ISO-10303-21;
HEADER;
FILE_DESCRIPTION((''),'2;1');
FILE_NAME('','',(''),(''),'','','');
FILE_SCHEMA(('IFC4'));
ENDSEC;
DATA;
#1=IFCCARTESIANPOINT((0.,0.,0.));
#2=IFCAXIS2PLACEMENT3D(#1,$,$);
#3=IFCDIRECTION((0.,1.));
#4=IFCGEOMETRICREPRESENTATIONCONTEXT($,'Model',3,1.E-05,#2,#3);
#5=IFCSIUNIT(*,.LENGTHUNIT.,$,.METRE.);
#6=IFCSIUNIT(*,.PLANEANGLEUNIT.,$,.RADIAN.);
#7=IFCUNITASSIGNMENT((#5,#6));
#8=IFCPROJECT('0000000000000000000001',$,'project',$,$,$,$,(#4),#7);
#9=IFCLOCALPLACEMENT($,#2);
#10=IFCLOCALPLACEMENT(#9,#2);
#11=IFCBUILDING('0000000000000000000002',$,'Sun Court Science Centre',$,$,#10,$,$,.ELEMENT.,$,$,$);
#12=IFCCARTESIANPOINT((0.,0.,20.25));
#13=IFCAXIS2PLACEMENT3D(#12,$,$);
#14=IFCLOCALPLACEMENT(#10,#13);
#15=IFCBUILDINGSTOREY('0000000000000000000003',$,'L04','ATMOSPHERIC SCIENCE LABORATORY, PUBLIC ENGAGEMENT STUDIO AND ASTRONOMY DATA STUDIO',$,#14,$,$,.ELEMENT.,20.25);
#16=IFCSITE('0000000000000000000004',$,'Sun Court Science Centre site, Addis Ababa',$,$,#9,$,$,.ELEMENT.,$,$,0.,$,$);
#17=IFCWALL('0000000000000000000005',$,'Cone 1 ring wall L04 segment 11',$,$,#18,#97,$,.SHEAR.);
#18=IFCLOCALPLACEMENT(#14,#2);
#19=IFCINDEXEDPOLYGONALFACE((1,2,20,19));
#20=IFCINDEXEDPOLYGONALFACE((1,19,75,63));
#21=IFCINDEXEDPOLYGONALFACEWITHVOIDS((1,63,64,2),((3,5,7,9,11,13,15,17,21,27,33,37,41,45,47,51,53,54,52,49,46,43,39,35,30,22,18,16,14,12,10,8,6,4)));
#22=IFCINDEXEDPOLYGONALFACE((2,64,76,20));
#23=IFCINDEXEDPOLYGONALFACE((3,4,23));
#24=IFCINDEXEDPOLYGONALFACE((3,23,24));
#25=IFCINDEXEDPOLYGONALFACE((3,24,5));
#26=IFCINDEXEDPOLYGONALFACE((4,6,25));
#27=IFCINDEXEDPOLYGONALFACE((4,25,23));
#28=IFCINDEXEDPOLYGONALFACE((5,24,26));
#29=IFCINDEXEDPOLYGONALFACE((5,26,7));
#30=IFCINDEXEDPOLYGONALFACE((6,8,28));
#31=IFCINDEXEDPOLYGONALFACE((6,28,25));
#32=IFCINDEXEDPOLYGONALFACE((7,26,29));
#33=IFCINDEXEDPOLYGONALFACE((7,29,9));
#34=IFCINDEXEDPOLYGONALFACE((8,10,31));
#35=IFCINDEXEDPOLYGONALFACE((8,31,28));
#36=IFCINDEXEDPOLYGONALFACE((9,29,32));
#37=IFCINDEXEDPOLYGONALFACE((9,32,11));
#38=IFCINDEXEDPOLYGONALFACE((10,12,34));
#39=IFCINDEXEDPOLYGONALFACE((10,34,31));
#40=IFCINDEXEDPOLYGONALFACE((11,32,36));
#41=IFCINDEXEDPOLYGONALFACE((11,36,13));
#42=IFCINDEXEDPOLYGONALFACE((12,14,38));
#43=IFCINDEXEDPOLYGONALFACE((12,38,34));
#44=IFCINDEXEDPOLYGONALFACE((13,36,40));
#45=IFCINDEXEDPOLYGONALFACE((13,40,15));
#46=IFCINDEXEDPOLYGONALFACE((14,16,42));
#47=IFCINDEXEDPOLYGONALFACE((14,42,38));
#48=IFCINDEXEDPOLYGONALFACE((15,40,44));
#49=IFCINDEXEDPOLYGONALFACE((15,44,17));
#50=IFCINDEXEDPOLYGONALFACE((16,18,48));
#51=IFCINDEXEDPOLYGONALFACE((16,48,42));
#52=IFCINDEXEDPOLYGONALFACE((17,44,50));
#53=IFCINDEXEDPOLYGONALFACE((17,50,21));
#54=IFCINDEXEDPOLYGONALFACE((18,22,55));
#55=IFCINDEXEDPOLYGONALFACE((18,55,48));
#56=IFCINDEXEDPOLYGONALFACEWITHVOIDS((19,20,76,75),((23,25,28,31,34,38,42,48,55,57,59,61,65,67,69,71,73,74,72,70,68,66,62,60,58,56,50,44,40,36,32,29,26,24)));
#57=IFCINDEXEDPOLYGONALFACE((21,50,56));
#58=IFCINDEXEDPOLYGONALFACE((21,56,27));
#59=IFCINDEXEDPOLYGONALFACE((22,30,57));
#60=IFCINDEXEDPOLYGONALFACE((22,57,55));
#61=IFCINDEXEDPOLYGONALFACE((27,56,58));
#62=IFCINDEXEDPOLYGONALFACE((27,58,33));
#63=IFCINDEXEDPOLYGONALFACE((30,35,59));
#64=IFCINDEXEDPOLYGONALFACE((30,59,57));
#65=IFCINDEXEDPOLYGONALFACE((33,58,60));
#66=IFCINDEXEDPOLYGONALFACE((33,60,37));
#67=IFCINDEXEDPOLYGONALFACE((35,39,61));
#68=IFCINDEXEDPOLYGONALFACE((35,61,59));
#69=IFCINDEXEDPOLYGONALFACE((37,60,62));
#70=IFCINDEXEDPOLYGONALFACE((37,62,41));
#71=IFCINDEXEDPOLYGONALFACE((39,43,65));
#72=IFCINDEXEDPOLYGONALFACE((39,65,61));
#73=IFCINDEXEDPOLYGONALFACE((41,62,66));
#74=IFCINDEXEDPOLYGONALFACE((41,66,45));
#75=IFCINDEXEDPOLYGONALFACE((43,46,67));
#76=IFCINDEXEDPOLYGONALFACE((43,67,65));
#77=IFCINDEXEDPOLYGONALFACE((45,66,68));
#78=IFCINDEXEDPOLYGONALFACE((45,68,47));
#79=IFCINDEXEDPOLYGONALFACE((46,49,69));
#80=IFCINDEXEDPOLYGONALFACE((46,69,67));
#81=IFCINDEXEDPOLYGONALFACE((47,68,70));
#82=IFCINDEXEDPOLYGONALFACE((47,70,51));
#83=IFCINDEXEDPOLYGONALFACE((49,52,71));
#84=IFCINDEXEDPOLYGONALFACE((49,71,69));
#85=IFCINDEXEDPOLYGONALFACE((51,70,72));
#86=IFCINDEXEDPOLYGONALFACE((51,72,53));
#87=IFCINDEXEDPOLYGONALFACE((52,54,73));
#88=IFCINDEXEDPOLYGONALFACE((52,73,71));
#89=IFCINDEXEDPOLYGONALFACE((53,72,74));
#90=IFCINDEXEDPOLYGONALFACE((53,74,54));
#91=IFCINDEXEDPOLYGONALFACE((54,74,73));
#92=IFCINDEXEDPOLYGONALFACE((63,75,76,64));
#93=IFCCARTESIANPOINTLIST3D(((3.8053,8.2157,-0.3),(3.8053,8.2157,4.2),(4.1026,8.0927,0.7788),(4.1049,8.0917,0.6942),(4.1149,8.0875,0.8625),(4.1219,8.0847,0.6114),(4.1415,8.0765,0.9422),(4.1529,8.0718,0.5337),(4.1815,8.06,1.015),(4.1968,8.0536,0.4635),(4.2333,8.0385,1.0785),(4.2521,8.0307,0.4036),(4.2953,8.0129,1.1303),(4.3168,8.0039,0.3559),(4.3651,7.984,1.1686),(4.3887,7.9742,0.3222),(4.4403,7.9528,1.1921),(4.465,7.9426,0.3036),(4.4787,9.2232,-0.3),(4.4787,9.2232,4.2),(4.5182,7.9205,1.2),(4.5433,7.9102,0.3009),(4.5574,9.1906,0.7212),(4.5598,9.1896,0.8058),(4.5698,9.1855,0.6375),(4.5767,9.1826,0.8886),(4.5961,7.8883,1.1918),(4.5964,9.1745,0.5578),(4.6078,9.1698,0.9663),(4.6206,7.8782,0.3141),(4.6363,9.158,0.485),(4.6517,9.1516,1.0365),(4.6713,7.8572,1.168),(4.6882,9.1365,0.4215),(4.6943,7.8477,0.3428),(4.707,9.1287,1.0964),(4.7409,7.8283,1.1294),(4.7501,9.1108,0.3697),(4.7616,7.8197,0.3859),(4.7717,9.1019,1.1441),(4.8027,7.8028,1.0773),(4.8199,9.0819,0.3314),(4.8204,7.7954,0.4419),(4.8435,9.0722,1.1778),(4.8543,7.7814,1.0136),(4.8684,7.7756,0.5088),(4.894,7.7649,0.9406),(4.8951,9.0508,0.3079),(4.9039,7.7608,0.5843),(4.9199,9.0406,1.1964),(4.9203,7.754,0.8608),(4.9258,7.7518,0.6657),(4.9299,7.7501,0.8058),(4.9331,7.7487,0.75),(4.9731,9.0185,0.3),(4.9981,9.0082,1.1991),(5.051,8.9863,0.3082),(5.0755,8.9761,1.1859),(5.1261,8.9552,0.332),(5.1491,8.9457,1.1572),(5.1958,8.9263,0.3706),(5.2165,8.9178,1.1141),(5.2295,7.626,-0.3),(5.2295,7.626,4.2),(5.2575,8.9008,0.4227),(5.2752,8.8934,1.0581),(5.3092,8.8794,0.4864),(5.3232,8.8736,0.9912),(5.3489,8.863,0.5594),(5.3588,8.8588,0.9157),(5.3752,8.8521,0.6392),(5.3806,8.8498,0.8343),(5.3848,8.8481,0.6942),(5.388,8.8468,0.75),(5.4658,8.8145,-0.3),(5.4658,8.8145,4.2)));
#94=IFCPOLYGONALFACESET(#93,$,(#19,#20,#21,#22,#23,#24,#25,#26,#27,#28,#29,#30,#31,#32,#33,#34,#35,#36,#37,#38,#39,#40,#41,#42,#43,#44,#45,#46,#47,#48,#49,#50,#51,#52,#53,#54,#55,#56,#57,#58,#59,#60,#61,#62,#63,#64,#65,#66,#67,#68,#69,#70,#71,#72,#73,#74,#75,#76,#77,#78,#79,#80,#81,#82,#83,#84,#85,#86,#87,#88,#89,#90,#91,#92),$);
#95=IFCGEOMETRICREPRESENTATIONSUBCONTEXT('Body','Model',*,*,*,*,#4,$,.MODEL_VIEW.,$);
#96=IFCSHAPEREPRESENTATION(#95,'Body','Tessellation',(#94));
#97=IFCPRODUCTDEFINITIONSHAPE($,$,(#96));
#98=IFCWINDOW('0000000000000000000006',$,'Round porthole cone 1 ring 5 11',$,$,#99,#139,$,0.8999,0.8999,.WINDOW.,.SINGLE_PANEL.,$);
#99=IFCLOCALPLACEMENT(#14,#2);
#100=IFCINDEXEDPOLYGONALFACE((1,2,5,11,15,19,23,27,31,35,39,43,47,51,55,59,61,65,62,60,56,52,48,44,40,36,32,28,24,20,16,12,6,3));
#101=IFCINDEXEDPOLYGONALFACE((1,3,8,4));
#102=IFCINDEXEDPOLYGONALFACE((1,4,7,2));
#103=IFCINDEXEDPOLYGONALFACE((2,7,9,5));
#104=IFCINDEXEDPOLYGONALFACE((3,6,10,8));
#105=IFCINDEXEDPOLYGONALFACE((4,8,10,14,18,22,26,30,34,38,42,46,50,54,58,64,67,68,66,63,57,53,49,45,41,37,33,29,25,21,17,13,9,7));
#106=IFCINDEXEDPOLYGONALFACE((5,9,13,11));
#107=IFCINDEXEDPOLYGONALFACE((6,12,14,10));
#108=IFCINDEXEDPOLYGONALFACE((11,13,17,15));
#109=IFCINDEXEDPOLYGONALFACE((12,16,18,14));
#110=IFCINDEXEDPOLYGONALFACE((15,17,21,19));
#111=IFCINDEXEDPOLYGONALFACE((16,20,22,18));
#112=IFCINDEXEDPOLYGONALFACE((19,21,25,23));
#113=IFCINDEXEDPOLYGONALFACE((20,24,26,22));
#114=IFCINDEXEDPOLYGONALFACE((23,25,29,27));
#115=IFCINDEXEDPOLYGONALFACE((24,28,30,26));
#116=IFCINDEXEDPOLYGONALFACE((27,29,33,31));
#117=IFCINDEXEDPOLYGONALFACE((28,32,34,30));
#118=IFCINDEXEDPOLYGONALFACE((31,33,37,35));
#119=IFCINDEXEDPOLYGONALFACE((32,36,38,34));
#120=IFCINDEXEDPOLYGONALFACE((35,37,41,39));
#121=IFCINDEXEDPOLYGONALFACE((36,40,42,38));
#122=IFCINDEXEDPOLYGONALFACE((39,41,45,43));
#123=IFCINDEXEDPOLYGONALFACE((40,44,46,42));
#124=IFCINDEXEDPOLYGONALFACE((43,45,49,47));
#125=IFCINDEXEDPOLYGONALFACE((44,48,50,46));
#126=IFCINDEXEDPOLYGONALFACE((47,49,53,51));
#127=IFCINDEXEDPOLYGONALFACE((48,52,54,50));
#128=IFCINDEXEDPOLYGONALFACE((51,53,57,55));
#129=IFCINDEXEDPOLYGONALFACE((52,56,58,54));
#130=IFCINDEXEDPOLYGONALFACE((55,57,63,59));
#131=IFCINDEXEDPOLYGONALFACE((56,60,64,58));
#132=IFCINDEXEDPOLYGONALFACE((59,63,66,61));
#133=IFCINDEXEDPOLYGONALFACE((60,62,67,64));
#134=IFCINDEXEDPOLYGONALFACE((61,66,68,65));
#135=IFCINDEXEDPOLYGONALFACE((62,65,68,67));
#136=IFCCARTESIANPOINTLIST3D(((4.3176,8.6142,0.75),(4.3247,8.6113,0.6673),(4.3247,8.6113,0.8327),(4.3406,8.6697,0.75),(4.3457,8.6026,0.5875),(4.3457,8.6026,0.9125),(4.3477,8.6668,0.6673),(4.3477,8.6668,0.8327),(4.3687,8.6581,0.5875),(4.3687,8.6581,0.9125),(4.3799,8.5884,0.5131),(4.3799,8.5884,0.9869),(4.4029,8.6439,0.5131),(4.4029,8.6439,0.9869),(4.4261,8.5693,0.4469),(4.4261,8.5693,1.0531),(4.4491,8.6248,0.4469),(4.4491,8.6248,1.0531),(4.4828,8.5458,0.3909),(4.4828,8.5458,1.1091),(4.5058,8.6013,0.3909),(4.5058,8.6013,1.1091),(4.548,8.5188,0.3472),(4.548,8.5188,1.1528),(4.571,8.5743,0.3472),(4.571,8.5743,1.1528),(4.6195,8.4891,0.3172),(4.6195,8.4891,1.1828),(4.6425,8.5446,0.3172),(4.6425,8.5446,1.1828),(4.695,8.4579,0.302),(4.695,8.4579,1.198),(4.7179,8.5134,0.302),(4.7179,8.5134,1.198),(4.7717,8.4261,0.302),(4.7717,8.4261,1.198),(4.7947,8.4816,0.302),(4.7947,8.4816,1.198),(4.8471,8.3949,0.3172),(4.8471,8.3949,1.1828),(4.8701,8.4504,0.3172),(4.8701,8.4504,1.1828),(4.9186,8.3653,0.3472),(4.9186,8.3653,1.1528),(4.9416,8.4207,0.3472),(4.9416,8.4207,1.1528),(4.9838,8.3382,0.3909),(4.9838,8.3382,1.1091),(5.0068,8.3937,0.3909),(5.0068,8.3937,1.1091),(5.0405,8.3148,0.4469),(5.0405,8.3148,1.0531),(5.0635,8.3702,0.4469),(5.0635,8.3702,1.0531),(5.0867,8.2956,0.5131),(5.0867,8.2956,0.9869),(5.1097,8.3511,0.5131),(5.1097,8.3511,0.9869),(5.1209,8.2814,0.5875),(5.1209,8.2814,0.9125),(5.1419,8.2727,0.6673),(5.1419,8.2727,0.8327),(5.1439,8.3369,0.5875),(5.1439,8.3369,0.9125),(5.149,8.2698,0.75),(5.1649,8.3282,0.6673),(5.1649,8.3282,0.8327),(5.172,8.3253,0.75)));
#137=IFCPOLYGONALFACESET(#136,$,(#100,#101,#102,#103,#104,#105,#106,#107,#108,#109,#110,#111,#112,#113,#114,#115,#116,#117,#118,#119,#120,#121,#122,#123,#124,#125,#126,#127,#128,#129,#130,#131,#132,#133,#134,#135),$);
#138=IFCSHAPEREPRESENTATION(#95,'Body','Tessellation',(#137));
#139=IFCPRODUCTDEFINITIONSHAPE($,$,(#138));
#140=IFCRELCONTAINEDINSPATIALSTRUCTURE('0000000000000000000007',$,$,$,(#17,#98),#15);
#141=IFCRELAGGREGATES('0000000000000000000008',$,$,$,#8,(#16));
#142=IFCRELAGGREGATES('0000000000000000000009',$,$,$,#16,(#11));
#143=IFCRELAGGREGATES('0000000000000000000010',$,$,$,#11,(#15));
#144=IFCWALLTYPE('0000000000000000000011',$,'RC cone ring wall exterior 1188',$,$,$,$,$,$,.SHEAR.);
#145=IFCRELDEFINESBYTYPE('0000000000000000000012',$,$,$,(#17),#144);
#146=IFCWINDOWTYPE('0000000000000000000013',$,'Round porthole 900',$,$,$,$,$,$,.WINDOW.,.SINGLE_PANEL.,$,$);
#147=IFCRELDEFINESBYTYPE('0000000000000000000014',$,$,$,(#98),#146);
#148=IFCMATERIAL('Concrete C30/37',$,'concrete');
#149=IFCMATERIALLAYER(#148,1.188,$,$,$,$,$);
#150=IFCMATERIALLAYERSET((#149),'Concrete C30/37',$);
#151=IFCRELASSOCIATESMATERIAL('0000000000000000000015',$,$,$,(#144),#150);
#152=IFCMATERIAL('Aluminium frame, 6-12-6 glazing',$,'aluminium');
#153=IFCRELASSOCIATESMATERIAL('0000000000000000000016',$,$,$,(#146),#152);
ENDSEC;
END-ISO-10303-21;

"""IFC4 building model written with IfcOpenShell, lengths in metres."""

from ifc_helpers import new_model, si_unit, direction, frame, frame_2d, origin, place, context, subcontext, project, spatial, polyline, circle, outline, extrude, material, layer, layer_set, type_object, element, fill, save


model = new_model("IFC4")

# Units and contexts
model_context = context("Model", 3, precision=1e-05, world=origin(), true_north=direction((0.0, 1.0)))
body_context = subcontext(model_context, "Body", "Model", "MODEL_VIEW")
ifc_project = project(units=[si_unit("LENGTHUNIT", "METRE"), si_unit("PLANEANGLEUNIT", "RADIAN")], contexts=[model_context])

# Site, building, storey
site_placement = place(None, origin())
site = spatial("IfcSite", under=ifc_project, at=site_placement, Name="Sun Court Science Centre site, Addis Ababa", CompositionType="ELEMENT", RefElevation=0.0)
building_placement = place(site_placement, origin())
building = spatial("IfcBuilding", under=site, at=building_placement, Name="Sun Court Science Centre", CompositionType="ELEMENT")
storey_placement = place(building_placement, frame((0.0, 0.0, 20.25)))
storey = spatial("IfcBuildingStorey", under=building, at=storey_placement, Name="L04", Description="ATMOSPHERIC SCIENCE LABORATORY, PUBLIC ENGAGEMENT STUDIO AND ASTRONOMY DATA STUDIO", CompositionType="ELEMENT", Elevation=20.25)

# Wall, opening, window
ifc_material_1 = material(Name="Concrete C30/37", Category="concrete")
ifc_layer_1 = layer(ifc_material_1, 1.188)
ifc_layer_set_1 = layer_set([ifc_layer_1], Name="Concrete C30/37")
wall_type = type_object("IfcWallType", Name="RC cone ring wall exterior 1188", PredefinedType="SHEAR", material=ifc_layer_set_1)
ifc_material_2 = material(Name="Aluminium frame, 6-12-6 glazing", Category="aluminium")
window_type = type_object("IfcWindowType", Name="Round porthole 900", PartitioningType="SINGLE_PANEL", PredefinedType="WINDOW", material=ifc_material_2)
wall_1_placement = place(storey_placement, frame((4.033, 8.7646, -0.3), z_axis=(0.0, 0.0, 1.0), x_axis=(0.923862, -0.382725, 0.0)))
wall_1 = element("IfcWall", 1, at=wall_1_placement, inside=storey, type_object=wall_type, Name="Cone 1 ring wall L04 segment 11", PredefinedType="SHEAR", context=body_context, shape_type="SweptSolid", body=[
    extrude(outline(polyline([(-0.0002, -0.5942), (1.5413, -0.594), (1.3047, 0.5945), (0.2363, 0.5942), (-0.0002, -0.5942)])), origin(), (0.0, 0.0, 1.0), 4.5),
])
opening_1_placement = place(wall_1_placement, frame((0.3206, 0.0, 0.6001)))
opening_1 = element("IfcOpeningElement", 2, at=opening_1_placement, cuts=wall_1, PredefinedType="OPENING", context=body_context, shape_type="SweptSolid", body=[
    extrude(circle(Radius=0.45, at=frame_2d((0.45, 0.45))), frame((0.0, 0.6042, 0.0), z_axis=(0.0, -1.0, 0.0), x_axis=(1.0, 0.0, 0.0)), (0.0, 0.0, 1.0), 1.2085),
])
window_1_placement = place(opening_1_placement, origin())
window_1 = element("IfcWindow", 3, at=window_1_placement, inside=storey, type_object=window_type, Name="Round porthole cone 1 ring 5 11", OverallHeight=0.8999, OverallWidth=0.8999, PartitioningType="SINGLE_PANEL", PredefinedType="WINDOW", context=body_context, shape_type="SweptSolid", body=[
    extrude(circle(Radius=0.45, at=frame_2d((0.45, 0.45))), frame((0.0, 0.03, 0.0), z_axis=(0.0, -1.0, 0.0), x_axis=(1.0, 0.0, 0.0)), (0.0, 0.0, 1.0), 0.0601),
])
fill(opening_1, window_1)

save(model, "model.ifc")
